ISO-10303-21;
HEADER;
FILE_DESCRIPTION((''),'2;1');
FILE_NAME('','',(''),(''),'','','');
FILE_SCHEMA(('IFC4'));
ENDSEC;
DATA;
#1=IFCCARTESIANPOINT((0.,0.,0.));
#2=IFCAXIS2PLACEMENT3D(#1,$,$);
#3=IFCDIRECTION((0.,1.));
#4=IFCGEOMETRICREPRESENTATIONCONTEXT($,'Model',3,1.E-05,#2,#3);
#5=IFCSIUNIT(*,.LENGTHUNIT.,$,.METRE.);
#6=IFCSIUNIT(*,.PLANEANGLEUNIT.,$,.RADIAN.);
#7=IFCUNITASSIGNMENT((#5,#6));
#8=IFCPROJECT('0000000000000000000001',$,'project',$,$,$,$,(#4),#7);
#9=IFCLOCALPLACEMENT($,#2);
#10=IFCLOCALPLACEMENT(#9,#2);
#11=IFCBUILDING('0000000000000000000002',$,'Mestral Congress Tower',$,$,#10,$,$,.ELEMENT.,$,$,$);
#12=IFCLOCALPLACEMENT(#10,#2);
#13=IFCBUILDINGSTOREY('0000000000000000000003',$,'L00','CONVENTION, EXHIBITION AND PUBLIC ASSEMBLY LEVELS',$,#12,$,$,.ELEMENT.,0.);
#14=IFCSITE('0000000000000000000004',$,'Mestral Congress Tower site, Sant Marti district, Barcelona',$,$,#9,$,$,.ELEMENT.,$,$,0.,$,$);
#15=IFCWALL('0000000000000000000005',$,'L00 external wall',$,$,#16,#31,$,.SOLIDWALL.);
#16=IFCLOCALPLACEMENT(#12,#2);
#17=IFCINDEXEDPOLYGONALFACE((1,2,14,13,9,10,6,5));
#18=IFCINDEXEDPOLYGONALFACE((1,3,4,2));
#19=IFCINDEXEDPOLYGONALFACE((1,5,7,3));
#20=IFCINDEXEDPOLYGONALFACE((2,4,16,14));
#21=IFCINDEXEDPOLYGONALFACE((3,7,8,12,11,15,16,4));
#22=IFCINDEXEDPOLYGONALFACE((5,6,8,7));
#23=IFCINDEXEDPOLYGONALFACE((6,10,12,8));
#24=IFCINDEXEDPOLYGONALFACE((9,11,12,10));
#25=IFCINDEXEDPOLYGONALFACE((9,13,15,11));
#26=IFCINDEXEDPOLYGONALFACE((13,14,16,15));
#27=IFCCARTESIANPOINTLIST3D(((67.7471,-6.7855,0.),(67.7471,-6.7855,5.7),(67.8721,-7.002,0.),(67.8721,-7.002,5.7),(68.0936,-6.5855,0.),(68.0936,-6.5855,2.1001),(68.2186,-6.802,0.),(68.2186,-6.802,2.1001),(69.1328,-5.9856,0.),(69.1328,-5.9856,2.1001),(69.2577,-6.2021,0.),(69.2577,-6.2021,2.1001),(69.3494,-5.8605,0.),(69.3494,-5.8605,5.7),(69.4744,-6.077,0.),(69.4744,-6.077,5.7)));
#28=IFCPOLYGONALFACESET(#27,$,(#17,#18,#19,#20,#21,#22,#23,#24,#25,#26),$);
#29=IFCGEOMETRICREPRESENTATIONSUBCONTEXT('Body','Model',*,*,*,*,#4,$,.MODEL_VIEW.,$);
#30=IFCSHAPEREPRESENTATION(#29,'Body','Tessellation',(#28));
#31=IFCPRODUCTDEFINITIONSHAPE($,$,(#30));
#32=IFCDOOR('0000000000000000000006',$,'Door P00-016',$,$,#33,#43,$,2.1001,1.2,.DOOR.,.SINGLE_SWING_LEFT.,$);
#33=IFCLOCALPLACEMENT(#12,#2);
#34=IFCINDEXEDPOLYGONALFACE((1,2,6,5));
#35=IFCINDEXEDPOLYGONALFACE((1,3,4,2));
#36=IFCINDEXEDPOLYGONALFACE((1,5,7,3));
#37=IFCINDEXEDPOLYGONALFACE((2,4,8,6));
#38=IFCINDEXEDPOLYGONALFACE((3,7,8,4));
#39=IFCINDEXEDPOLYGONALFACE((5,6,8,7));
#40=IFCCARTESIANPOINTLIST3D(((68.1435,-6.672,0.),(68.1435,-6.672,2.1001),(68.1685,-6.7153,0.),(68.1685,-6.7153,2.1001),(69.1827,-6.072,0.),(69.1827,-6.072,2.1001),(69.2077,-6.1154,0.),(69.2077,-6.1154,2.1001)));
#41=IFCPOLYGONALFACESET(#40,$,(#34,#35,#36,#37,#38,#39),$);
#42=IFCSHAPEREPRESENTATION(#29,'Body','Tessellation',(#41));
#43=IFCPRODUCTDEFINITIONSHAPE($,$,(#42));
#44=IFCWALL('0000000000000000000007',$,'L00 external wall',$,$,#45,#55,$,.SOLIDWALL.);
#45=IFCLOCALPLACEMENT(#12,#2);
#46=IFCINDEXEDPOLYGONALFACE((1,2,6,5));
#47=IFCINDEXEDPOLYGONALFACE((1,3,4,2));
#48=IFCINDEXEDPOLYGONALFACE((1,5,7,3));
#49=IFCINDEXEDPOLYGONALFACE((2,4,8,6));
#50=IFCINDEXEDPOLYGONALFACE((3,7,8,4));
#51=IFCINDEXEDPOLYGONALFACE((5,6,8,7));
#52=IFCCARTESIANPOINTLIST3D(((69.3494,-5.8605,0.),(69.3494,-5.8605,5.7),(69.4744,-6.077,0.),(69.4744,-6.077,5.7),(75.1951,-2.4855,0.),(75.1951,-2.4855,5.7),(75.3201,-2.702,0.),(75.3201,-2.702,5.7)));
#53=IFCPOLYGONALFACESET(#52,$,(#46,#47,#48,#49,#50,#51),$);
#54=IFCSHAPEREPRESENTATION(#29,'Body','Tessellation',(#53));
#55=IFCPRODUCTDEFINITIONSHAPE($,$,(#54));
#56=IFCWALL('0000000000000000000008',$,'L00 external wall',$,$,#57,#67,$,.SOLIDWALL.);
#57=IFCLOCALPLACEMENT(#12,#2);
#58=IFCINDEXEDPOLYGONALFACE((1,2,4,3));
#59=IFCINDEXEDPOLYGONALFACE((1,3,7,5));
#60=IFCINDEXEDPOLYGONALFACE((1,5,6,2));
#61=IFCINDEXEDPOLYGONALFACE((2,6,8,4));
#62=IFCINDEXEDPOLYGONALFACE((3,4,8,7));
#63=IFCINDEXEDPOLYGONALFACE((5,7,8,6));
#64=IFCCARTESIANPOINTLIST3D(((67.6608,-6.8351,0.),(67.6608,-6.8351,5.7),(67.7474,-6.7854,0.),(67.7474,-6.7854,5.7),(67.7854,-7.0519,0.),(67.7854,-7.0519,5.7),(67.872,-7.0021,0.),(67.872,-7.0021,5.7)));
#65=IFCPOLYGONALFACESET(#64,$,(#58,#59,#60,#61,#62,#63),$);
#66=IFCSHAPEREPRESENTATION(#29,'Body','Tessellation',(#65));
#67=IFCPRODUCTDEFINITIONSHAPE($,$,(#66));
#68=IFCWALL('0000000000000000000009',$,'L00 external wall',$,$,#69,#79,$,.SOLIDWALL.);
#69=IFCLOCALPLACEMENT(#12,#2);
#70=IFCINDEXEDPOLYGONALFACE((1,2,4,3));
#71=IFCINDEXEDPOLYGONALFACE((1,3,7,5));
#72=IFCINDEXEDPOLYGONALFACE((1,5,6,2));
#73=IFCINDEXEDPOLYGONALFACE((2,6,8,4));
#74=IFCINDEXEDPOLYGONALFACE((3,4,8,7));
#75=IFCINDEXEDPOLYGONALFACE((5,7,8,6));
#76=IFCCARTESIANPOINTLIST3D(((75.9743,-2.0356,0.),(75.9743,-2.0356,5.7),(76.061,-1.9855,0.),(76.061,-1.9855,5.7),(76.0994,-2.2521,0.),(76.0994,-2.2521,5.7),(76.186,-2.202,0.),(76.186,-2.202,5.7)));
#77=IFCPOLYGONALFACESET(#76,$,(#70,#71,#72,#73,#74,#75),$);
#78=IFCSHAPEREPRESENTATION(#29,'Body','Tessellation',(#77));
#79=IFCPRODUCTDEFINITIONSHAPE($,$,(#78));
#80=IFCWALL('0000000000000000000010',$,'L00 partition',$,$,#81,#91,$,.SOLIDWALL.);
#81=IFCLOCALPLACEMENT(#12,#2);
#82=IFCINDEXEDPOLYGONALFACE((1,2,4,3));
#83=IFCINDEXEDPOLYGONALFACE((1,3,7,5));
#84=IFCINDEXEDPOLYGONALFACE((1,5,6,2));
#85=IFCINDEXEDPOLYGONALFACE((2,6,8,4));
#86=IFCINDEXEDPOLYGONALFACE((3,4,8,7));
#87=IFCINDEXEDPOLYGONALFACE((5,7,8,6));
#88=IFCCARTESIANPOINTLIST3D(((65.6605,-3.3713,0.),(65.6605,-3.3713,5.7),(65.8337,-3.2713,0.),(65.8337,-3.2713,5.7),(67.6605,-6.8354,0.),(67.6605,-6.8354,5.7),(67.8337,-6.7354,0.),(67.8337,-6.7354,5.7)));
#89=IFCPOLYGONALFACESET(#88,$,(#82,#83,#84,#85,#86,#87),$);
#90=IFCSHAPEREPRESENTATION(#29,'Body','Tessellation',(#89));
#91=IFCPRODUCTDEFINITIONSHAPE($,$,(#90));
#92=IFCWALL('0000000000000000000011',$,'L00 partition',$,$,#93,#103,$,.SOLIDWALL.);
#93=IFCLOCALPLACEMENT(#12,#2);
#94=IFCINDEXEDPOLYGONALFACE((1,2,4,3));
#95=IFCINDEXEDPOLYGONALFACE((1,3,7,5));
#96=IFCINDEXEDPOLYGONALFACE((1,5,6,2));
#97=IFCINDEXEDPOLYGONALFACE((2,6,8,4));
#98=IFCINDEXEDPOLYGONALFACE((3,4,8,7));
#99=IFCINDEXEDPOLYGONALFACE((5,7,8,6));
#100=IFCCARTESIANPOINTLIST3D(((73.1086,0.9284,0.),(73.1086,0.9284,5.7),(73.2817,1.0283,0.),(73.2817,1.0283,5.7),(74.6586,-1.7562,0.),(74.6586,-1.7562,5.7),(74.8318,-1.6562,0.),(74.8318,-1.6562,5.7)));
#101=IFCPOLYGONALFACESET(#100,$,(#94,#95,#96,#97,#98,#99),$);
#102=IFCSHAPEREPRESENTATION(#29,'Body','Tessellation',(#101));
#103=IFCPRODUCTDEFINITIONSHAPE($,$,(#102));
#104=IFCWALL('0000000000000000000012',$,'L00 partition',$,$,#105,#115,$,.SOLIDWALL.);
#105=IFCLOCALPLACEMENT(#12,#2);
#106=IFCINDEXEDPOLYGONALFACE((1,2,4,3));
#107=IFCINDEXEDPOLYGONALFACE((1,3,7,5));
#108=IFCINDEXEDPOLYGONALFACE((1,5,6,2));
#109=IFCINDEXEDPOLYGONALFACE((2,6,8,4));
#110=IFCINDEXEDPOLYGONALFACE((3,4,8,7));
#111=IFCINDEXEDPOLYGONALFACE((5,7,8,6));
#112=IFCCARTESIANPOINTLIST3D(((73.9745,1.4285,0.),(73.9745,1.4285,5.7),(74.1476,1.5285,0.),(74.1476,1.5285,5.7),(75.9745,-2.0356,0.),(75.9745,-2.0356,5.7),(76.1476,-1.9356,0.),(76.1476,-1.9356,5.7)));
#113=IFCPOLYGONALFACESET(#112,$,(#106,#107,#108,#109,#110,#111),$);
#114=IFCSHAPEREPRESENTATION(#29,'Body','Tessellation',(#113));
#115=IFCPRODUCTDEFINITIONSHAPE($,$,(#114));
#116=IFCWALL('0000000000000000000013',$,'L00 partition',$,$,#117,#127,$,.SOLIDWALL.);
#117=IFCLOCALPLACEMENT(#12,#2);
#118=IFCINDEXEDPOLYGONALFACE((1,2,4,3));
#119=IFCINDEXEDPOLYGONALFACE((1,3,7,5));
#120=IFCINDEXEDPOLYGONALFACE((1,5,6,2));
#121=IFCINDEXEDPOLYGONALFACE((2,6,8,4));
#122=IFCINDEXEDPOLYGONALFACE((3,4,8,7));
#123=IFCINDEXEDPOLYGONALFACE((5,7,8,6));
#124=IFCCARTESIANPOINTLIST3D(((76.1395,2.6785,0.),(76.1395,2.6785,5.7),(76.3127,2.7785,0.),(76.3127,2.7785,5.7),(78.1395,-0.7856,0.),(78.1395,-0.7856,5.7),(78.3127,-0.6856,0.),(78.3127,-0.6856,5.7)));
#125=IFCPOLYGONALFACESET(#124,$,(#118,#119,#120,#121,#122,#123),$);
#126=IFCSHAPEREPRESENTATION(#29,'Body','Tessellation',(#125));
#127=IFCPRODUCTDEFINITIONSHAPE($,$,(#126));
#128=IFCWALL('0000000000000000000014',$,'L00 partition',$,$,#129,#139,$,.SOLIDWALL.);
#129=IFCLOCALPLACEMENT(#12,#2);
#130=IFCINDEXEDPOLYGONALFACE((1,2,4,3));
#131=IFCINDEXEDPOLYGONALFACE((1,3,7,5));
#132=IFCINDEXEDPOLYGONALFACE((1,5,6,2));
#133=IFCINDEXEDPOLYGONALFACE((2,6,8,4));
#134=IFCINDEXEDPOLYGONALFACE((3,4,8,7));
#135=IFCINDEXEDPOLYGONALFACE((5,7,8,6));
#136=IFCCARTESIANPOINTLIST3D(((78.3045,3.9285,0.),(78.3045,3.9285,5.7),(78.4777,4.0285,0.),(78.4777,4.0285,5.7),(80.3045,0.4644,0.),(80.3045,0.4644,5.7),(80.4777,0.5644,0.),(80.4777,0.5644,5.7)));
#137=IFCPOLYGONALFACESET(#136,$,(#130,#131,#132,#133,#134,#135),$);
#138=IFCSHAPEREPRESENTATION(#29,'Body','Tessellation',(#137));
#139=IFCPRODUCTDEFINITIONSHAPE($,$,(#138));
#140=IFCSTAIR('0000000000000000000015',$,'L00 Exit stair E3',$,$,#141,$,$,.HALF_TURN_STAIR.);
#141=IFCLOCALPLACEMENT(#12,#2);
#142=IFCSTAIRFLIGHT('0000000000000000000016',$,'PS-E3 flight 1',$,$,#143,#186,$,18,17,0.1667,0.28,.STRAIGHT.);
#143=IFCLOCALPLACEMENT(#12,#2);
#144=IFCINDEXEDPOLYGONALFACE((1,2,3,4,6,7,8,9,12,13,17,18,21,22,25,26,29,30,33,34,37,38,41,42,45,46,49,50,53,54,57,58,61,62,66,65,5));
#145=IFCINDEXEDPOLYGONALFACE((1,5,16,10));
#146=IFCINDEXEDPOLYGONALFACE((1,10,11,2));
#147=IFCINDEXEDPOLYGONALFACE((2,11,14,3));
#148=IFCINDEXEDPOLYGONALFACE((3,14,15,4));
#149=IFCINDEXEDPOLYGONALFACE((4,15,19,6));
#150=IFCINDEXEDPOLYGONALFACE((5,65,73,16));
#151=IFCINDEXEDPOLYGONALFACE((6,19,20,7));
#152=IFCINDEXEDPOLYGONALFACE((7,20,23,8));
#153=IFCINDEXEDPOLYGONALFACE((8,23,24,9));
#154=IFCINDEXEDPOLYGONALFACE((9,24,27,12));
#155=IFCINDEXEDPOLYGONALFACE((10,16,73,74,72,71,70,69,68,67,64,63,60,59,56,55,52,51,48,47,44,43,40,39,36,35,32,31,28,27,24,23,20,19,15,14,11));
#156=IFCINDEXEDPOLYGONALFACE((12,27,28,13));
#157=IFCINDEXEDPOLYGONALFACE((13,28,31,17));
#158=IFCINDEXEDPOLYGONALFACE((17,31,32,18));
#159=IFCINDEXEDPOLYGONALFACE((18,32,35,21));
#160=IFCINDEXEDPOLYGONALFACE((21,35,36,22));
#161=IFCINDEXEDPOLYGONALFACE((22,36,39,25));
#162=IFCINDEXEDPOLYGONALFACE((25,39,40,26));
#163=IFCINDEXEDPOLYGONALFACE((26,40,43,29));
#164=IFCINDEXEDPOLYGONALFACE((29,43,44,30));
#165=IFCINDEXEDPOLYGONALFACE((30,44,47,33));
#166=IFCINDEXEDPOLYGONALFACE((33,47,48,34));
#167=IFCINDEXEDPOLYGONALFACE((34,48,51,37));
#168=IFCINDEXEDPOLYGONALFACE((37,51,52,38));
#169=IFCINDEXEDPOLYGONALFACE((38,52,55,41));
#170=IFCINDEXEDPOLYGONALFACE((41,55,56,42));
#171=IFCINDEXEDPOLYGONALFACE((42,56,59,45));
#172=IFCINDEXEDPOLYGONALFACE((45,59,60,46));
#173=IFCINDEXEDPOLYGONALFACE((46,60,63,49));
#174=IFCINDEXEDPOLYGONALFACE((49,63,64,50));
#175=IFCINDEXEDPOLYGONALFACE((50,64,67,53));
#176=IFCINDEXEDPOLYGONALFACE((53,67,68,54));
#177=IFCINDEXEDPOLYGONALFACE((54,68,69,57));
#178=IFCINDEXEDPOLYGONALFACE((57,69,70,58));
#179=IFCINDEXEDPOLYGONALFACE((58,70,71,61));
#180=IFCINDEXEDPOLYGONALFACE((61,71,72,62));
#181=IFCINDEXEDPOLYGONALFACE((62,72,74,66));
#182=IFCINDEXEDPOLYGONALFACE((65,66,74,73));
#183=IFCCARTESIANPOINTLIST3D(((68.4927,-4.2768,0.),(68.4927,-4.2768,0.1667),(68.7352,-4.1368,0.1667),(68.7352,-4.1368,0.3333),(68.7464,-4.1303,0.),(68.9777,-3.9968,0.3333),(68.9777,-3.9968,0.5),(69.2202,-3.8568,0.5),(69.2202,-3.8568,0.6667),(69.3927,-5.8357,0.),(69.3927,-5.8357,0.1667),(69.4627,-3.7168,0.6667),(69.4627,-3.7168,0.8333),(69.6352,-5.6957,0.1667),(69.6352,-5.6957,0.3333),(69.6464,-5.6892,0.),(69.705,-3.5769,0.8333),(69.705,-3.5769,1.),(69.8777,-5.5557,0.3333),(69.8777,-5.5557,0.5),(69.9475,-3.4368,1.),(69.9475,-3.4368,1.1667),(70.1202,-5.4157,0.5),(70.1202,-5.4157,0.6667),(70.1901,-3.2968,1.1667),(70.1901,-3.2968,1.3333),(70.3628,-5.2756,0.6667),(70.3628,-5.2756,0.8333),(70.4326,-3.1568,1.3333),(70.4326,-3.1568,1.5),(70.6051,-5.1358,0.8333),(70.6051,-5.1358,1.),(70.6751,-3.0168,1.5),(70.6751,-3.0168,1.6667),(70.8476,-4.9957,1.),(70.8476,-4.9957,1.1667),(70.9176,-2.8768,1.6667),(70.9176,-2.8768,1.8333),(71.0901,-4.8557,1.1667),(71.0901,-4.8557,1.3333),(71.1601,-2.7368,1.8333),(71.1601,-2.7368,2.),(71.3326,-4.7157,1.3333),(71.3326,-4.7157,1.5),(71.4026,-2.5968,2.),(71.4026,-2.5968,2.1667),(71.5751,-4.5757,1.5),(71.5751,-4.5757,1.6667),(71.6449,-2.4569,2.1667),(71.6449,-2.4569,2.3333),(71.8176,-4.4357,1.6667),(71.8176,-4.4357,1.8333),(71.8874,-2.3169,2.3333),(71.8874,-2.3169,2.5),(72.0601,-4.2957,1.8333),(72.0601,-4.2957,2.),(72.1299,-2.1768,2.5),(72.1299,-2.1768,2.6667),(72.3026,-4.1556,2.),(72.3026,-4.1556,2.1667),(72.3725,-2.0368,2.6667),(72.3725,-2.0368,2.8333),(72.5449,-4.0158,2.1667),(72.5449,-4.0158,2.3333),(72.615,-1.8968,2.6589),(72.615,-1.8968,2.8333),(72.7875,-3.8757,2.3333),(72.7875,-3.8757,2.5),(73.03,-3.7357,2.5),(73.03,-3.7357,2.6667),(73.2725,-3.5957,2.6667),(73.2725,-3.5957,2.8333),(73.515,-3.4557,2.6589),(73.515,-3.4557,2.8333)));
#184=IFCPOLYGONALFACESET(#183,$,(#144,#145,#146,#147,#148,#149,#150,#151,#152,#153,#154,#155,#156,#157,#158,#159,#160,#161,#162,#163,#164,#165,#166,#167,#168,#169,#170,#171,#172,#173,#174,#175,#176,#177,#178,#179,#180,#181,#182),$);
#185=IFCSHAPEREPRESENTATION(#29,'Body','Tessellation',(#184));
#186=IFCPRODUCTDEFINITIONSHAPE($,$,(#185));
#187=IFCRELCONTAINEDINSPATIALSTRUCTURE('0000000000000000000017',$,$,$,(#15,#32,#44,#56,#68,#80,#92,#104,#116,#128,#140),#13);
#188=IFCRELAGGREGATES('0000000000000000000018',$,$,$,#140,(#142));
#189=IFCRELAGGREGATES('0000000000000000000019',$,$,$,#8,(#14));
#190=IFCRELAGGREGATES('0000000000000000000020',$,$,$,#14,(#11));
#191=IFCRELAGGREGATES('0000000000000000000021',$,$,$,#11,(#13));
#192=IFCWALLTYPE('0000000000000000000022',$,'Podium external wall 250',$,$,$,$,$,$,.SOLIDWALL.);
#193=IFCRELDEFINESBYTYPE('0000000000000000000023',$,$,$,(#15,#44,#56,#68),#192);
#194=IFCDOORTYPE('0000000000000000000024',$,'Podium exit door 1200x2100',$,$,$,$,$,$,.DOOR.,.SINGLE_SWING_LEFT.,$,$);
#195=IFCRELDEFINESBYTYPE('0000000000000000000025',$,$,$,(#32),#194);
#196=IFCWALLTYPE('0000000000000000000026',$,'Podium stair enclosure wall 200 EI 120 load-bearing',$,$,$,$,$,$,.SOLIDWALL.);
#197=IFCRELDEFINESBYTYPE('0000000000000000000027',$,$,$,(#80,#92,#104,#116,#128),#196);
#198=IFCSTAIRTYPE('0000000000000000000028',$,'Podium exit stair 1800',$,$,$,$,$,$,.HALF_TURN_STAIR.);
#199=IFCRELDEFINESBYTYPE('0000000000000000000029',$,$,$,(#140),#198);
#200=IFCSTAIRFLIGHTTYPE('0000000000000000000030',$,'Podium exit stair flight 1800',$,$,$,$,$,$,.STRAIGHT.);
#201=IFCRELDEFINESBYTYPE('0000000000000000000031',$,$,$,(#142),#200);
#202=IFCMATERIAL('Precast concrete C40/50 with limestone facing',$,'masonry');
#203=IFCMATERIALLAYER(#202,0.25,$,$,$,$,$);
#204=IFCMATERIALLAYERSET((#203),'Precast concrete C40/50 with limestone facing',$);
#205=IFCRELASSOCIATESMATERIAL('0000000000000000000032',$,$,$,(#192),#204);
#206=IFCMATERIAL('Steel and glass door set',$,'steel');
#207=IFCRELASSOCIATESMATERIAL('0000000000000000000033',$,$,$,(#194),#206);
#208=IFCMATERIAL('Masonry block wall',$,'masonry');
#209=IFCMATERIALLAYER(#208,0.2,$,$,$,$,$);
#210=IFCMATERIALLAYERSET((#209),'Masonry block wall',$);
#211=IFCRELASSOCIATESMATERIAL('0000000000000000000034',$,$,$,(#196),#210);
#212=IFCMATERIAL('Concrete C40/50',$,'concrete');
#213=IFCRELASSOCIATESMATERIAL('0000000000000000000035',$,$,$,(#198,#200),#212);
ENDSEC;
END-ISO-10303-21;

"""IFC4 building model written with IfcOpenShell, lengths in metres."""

from ifc_helpers import new_model, si_unit, direction, frame, frame_2d, origin, place, context, subcontext, project, spatial, polyline, rectangle, outline, extrude, material, layer, layer_set, type_object, element, fill, aggregate, save


model = new_model("IFC4")

# Units and contexts
model_context = context("Model", 3, precision=1e-05, world=origin(), true_north=direction((0.0, 1.0)))
body_context = subcontext(model_context, "Body", "Model", "MODEL_VIEW")
ifc_project = project(units=[si_unit("LENGTHUNIT", "METRE"), si_unit("PLANEANGLEUNIT", "RADIAN")], contexts=[model_context])

# Site, building, storey
site_placement = place(None, origin())
site = spatial("IfcSite", under=ifc_project, at=site_placement, Name="Mestral Congress Tower site, Sant Marti district, Barcelona", CompositionType="ELEMENT", RefElevation=0.0)
building_placement = place(site_placement, origin())
building = spatial("IfcBuilding", under=site, at=building_placement, Name="Mestral Congress Tower", CompositionType="ELEMENT")
storey_placement = place(building_placement, origin())
storey = spatial("IfcBuildingStorey", under=building, at=storey_placement, Name="L00", Description="CONVENTION, EXHIBITION AND PUBLIC ASSEMBLY LEVELS", CompositionType="ELEMENT", Elevation=0.0)

# Wall, opening, door
ifc_material_1 = material(Name="Precast concrete C40/50 with limestone facing", Category="masonry")
ifc_layer_1 = layer(ifc_material_1, 0.25)
ifc_layer_set_1 = layer_set([ifc_layer_1], Name="Precast concrete C40/50 with limestone facing")
wall_type_1 = type_object("IfcWallType", Name="Podium external wall 250", PredefinedType="SOLIDWALL", material=ifc_layer_set_1)
wall_1_placement = place(storey_placement, frame((69.4119, -5.9688, 0.0), z_axis=(0.0, 0.0, 1.0), x_axis=(-0.866034, -0.499985, 0.0)))
wall_1 = element("IfcWall", 1, at=wall_1_placement, inside=storey, type_object=wall_type_1, Name="L00 external wall", PredefinedType="SOLIDWALL", context=body_context, shape_type="SweptSolid", body=[
    extrude(rectangle(XDim=1.8501, YDim=0.25, at=frame_2d((0.925, 0.0))), origin(), (0.0, 0.0, 1.0), 5.7),
])
opening_placement = place(wall_1_placement, frame((0.25, 0.0, 0.0)))
opening = element("IfcOpeningElement", 2, at=opening_placement, cuts=wall_1, PredefinedType="OPENING", context=body_context, shape_type="SweptSolid", body=[
    extrude(rectangle(XDim=1.2, YDim=2.1001, at=frame_2d((0.6001, 1.05))), frame((0.0, 0.135, 0.0), z_axis=(0.0, -1.0, 0.0), x_axis=(1.0, 0.0, 0.0)), (0.0, 0.0, 1.0), 0.27),
])
ifc_material_2 = material(Name="Steel and glass door set", Category="steel")
door_type = type_object("IfcDoorType", Name="Podium exit door 1200x2100", OperationType="SINGLE_SWING_LEFT", PredefinedType="DOOR", material=ifc_material_2)
door_placement = place(opening_placement, origin())
door = element("IfcDoor", 3, at=door_placement, inside=storey, type_object=door_type, Name="Door P00-016", OperationType="SINGLE_SWING_LEFT", OverallHeight=2.1001, OverallWidth=1.2, PredefinedType="DOOR", context=body_context, shape_type="SweptSolid", body=[
    extrude(rectangle(XDim=1.2, YDim=2.1001, at=frame_2d((0.6001, 1.05))), frame((0.0, 0.0249, 0.0), z_axis=(0.0, -1.0, 0.0), x_axis=(1.0, 0.0, 0.0)), (0.0, 0.0, 1.0), 0.05),
])
fill(opening, door)

# Walls
wall_2_placement = place(storey_placement, frame((75.2576, -2.5938, 0.0), z_axis=(0.0, 0.0, 1.0), x_axis=(-0.866027, -0.499998, 0.0)))
element("IfcWall", 4, at=wall_2_placement, inside=storey, type_object=wall_type_1, Name="L00 external wall", PredefinedType="SOLIDWALL", context=body_context, shape_type="SweptSolid", body=[
    extrude(rectangle(XDim=6.75, YDim=0.25, at=frame_2d((3.375, 0.0))), origin(), (0.0, 0.0, 1.0), 5.7),
])
wall_3_placement = place(storey_placement, frame((67.8096, -6.8938, 0.0), z_axis=(0.0, 0.0, 1.0), x_axis=(-0.867038, -0.498242, 0.0)))
element("IfcWall", 5, at=wall_3_placement, inside=storey, type_object=wall_type_1, Name="L00 external wall", PredefinedType="SOLIDWALL", context=body_context, shape_type="SweptSolid", body=[
    extrude(rectangle(XDim=0.0999, YDim=0.25, at=frame_2d((0.0498, 0.0))), origin(), (0.0, 0.0, 1.0), 5.7),
])
wall_4_placement = place(storey_placement, frame((76.1235, -2.0938, 0.0), z_axis=(0.0, 0.0, 1.0), x_axis=(-0.865982, -0.500074, 0.0)))
element("IfcWall", 6, at=wall_4_placement, inside=storey, type_object=wall_type_1, Name="L00 external wall", PredefinedType="SOLIDWALL", context=body_context, shape_type="SweptSolid", body=[
    extrude(rectangle(XDim=0.1001, YDim=0.25, at=frame_2d((0.05, 0.0))), origin(), (0.0, 0.0, 1.0), 5.7),
])
ifc_material_3 = material(Name="Masonry block wall", Category="masonry")
ifc_layer_2 = layer(ifc_material_3, 0.2)
ifc_layer_set_2 = layer_set([ifc_layer_2], Name="Masonry block wall")
wall_type_2 = type_object("IfcWallType", Name="Podium stair enclosure wall 200 EI 120 load-bearing", PredefinedType="SOLIDWALL", material=ifc_layer_set_2)
wall_5_placement = place(storey_placement, frame((67.7471, -6.7854, 0.0), z_axis=(0.0, 0.0, 1.0), x_axis=(-0.499999, 0.866026, 0.0)))
element("IfcWall", 7, at=wall_5_placement, inside=storey, type_object=wall_type_2, Name="L00 partition", PredefinedType="SOLIDWALL", context=body_context, shape_type="SweptSolid", body=[
    extrude(rectangle(XDim=4.0, YDim=0.2, at=frame_2d((2.0, 0.0))), origin(), (0.0, 0.0, 1.0), 5.7),
])
wall_6_placement = place(storey_placement, frame((74.7451, -1.7061, 0.0), z_axis=(0.0, 0.0, 1.0), x_axis=(-0.500027, 0.86601, 0.0)))
element("IfcWall", 8, at=wall_6_placement, inside=storey, type_object=wall_type_2, Name="L00 partition", PredefinedType="SOLIDWALL", context=body_context, shape_type="SweptSolid", body=[
    extrude(rectangle(XDim=3.0999, YDim=0.2, at=frame_2d((1.5498, 0.0))), origin(), (0.0, 0.0, 1.0), 5.7),
])
for number, where, z_axis, x_axis, name in (
    (9, (76.061, -1.9856, 0.0), (0.0, 0.0, 1.0), (-0.499999, 0.866026, 0.0), "L00 partition"),
    (10, (78.2261, -0.7356, 0.0), (0.0, 0.0, 1.0), (-0.499999, 0.866026, 0.0), "L00 partition"),
    (11, (80.3911, 0.5144, 0.0), (0.0, 0.0, 1.0), (-0.499999, 0.866026, 0.0), "L00 partition"),
):
    element("IfcWall", number, at=place(storey_placement, frame(where, z_axis=z_axis, x_axis=x_axis)), inside=storey, type_object=wall_type_2, Name=name, PredefinedType="SOLIDWALL", context=body_context, shape_type="SweptSolid", body=[
        extrude(rectangle(XDim=4.0, YDim=0.2, at=frame_2d((2.0, 0.0))), origin(), (0.0, 0.0, 1.0), 5.7),
    ])

# Stair, stair flight
ifc_material_4 = material(Name="Concrete C40/50", Category="concrete")
stair_type = type_object("IfcStairType", Name="Podium exit stair 1800", PredefinedType="HALF_TURN_STAIR", material=ifc_material_4)
stair_placement = place(storey_placement, origin())
stair = element("IfcStair", 12, at=stair_placement, inside=storey, type_object=stair_type, Name="L00 Exit stair E3", PredefinedType="HALF_TURN_STAIR")
stair_flight_type = type_object("IfcStairFlightType", Name="Podium exit stair flight 1800", PredefinedType="STRAIGHT", material=ifc_material_4)
stair_flight_1_placement = place(storey_placement, frame((68.9426, -5.0562, 0.0), z_axis=(0.0, 0.0, 1.0), x_axis=(0.866025, 0.5, 0.0)))
stair_flight_1 = element("IfcStairFlight", 13, at=stair_flight_1_placement, type_object=stair_flight_type, Name="PS-E3 flight 1", NumberOfRisers=18, NumberOfTreads=17, PredefinedType="STRAIGHT", RiserHeight=0.1667, TreadLength=0.28, context=body_context, shape_type="SweptSolid", body=[
    extrude(outline(polyline([(0.0, 0.0), (0.0, 0.1667), (0.28, 0.1667), (0.28, 0.3333), (0.5601, 0.3333), (0.5601, 0.5), (0.8401, 0.5), (0.8401, 0.6667), (1.1201, 0.6667), (1.1201, 0.8333), (1.3999, 0.8333), (1.3999, 1.0), (1.6799, 1.0), (1.6799, 1.1667), (1.96, 1.1667), (1.96, 1.3333), (2.24, 1.3333), (2.24, 1.5), (2.52, 1.5), (2.52, 1.6667), (2.8, 1.6667), (2.8, 1.8333), (3.0801, 1.8333), (3.0801, 2.0), (3.3601, 2.0), (3.3601, 2.1667), (3.6399, 2.1667), (3.6399, 2.3333), (3.9199, 2.3333), (3.9199, 2.5), (4.2, 2.5), (4.2, 2.6667), (4.48, 2.6667), (4.48, 2.8333), (4.76, 2.8333), (4.76, 3.0), (4.76, 2.6589), (0.293, 0.0), (0.0, 0.0)])), frame((0.0, 0.8999, 0.0), z_axis=(0.0, -1.0, 0.0), x_axis=(1.0, 0.0, 0.0)), (0.0, 0.0, 1.0), 1.8),
])
aggregate(stair, [stair_flight_1])

save(model, "model.ifc")
